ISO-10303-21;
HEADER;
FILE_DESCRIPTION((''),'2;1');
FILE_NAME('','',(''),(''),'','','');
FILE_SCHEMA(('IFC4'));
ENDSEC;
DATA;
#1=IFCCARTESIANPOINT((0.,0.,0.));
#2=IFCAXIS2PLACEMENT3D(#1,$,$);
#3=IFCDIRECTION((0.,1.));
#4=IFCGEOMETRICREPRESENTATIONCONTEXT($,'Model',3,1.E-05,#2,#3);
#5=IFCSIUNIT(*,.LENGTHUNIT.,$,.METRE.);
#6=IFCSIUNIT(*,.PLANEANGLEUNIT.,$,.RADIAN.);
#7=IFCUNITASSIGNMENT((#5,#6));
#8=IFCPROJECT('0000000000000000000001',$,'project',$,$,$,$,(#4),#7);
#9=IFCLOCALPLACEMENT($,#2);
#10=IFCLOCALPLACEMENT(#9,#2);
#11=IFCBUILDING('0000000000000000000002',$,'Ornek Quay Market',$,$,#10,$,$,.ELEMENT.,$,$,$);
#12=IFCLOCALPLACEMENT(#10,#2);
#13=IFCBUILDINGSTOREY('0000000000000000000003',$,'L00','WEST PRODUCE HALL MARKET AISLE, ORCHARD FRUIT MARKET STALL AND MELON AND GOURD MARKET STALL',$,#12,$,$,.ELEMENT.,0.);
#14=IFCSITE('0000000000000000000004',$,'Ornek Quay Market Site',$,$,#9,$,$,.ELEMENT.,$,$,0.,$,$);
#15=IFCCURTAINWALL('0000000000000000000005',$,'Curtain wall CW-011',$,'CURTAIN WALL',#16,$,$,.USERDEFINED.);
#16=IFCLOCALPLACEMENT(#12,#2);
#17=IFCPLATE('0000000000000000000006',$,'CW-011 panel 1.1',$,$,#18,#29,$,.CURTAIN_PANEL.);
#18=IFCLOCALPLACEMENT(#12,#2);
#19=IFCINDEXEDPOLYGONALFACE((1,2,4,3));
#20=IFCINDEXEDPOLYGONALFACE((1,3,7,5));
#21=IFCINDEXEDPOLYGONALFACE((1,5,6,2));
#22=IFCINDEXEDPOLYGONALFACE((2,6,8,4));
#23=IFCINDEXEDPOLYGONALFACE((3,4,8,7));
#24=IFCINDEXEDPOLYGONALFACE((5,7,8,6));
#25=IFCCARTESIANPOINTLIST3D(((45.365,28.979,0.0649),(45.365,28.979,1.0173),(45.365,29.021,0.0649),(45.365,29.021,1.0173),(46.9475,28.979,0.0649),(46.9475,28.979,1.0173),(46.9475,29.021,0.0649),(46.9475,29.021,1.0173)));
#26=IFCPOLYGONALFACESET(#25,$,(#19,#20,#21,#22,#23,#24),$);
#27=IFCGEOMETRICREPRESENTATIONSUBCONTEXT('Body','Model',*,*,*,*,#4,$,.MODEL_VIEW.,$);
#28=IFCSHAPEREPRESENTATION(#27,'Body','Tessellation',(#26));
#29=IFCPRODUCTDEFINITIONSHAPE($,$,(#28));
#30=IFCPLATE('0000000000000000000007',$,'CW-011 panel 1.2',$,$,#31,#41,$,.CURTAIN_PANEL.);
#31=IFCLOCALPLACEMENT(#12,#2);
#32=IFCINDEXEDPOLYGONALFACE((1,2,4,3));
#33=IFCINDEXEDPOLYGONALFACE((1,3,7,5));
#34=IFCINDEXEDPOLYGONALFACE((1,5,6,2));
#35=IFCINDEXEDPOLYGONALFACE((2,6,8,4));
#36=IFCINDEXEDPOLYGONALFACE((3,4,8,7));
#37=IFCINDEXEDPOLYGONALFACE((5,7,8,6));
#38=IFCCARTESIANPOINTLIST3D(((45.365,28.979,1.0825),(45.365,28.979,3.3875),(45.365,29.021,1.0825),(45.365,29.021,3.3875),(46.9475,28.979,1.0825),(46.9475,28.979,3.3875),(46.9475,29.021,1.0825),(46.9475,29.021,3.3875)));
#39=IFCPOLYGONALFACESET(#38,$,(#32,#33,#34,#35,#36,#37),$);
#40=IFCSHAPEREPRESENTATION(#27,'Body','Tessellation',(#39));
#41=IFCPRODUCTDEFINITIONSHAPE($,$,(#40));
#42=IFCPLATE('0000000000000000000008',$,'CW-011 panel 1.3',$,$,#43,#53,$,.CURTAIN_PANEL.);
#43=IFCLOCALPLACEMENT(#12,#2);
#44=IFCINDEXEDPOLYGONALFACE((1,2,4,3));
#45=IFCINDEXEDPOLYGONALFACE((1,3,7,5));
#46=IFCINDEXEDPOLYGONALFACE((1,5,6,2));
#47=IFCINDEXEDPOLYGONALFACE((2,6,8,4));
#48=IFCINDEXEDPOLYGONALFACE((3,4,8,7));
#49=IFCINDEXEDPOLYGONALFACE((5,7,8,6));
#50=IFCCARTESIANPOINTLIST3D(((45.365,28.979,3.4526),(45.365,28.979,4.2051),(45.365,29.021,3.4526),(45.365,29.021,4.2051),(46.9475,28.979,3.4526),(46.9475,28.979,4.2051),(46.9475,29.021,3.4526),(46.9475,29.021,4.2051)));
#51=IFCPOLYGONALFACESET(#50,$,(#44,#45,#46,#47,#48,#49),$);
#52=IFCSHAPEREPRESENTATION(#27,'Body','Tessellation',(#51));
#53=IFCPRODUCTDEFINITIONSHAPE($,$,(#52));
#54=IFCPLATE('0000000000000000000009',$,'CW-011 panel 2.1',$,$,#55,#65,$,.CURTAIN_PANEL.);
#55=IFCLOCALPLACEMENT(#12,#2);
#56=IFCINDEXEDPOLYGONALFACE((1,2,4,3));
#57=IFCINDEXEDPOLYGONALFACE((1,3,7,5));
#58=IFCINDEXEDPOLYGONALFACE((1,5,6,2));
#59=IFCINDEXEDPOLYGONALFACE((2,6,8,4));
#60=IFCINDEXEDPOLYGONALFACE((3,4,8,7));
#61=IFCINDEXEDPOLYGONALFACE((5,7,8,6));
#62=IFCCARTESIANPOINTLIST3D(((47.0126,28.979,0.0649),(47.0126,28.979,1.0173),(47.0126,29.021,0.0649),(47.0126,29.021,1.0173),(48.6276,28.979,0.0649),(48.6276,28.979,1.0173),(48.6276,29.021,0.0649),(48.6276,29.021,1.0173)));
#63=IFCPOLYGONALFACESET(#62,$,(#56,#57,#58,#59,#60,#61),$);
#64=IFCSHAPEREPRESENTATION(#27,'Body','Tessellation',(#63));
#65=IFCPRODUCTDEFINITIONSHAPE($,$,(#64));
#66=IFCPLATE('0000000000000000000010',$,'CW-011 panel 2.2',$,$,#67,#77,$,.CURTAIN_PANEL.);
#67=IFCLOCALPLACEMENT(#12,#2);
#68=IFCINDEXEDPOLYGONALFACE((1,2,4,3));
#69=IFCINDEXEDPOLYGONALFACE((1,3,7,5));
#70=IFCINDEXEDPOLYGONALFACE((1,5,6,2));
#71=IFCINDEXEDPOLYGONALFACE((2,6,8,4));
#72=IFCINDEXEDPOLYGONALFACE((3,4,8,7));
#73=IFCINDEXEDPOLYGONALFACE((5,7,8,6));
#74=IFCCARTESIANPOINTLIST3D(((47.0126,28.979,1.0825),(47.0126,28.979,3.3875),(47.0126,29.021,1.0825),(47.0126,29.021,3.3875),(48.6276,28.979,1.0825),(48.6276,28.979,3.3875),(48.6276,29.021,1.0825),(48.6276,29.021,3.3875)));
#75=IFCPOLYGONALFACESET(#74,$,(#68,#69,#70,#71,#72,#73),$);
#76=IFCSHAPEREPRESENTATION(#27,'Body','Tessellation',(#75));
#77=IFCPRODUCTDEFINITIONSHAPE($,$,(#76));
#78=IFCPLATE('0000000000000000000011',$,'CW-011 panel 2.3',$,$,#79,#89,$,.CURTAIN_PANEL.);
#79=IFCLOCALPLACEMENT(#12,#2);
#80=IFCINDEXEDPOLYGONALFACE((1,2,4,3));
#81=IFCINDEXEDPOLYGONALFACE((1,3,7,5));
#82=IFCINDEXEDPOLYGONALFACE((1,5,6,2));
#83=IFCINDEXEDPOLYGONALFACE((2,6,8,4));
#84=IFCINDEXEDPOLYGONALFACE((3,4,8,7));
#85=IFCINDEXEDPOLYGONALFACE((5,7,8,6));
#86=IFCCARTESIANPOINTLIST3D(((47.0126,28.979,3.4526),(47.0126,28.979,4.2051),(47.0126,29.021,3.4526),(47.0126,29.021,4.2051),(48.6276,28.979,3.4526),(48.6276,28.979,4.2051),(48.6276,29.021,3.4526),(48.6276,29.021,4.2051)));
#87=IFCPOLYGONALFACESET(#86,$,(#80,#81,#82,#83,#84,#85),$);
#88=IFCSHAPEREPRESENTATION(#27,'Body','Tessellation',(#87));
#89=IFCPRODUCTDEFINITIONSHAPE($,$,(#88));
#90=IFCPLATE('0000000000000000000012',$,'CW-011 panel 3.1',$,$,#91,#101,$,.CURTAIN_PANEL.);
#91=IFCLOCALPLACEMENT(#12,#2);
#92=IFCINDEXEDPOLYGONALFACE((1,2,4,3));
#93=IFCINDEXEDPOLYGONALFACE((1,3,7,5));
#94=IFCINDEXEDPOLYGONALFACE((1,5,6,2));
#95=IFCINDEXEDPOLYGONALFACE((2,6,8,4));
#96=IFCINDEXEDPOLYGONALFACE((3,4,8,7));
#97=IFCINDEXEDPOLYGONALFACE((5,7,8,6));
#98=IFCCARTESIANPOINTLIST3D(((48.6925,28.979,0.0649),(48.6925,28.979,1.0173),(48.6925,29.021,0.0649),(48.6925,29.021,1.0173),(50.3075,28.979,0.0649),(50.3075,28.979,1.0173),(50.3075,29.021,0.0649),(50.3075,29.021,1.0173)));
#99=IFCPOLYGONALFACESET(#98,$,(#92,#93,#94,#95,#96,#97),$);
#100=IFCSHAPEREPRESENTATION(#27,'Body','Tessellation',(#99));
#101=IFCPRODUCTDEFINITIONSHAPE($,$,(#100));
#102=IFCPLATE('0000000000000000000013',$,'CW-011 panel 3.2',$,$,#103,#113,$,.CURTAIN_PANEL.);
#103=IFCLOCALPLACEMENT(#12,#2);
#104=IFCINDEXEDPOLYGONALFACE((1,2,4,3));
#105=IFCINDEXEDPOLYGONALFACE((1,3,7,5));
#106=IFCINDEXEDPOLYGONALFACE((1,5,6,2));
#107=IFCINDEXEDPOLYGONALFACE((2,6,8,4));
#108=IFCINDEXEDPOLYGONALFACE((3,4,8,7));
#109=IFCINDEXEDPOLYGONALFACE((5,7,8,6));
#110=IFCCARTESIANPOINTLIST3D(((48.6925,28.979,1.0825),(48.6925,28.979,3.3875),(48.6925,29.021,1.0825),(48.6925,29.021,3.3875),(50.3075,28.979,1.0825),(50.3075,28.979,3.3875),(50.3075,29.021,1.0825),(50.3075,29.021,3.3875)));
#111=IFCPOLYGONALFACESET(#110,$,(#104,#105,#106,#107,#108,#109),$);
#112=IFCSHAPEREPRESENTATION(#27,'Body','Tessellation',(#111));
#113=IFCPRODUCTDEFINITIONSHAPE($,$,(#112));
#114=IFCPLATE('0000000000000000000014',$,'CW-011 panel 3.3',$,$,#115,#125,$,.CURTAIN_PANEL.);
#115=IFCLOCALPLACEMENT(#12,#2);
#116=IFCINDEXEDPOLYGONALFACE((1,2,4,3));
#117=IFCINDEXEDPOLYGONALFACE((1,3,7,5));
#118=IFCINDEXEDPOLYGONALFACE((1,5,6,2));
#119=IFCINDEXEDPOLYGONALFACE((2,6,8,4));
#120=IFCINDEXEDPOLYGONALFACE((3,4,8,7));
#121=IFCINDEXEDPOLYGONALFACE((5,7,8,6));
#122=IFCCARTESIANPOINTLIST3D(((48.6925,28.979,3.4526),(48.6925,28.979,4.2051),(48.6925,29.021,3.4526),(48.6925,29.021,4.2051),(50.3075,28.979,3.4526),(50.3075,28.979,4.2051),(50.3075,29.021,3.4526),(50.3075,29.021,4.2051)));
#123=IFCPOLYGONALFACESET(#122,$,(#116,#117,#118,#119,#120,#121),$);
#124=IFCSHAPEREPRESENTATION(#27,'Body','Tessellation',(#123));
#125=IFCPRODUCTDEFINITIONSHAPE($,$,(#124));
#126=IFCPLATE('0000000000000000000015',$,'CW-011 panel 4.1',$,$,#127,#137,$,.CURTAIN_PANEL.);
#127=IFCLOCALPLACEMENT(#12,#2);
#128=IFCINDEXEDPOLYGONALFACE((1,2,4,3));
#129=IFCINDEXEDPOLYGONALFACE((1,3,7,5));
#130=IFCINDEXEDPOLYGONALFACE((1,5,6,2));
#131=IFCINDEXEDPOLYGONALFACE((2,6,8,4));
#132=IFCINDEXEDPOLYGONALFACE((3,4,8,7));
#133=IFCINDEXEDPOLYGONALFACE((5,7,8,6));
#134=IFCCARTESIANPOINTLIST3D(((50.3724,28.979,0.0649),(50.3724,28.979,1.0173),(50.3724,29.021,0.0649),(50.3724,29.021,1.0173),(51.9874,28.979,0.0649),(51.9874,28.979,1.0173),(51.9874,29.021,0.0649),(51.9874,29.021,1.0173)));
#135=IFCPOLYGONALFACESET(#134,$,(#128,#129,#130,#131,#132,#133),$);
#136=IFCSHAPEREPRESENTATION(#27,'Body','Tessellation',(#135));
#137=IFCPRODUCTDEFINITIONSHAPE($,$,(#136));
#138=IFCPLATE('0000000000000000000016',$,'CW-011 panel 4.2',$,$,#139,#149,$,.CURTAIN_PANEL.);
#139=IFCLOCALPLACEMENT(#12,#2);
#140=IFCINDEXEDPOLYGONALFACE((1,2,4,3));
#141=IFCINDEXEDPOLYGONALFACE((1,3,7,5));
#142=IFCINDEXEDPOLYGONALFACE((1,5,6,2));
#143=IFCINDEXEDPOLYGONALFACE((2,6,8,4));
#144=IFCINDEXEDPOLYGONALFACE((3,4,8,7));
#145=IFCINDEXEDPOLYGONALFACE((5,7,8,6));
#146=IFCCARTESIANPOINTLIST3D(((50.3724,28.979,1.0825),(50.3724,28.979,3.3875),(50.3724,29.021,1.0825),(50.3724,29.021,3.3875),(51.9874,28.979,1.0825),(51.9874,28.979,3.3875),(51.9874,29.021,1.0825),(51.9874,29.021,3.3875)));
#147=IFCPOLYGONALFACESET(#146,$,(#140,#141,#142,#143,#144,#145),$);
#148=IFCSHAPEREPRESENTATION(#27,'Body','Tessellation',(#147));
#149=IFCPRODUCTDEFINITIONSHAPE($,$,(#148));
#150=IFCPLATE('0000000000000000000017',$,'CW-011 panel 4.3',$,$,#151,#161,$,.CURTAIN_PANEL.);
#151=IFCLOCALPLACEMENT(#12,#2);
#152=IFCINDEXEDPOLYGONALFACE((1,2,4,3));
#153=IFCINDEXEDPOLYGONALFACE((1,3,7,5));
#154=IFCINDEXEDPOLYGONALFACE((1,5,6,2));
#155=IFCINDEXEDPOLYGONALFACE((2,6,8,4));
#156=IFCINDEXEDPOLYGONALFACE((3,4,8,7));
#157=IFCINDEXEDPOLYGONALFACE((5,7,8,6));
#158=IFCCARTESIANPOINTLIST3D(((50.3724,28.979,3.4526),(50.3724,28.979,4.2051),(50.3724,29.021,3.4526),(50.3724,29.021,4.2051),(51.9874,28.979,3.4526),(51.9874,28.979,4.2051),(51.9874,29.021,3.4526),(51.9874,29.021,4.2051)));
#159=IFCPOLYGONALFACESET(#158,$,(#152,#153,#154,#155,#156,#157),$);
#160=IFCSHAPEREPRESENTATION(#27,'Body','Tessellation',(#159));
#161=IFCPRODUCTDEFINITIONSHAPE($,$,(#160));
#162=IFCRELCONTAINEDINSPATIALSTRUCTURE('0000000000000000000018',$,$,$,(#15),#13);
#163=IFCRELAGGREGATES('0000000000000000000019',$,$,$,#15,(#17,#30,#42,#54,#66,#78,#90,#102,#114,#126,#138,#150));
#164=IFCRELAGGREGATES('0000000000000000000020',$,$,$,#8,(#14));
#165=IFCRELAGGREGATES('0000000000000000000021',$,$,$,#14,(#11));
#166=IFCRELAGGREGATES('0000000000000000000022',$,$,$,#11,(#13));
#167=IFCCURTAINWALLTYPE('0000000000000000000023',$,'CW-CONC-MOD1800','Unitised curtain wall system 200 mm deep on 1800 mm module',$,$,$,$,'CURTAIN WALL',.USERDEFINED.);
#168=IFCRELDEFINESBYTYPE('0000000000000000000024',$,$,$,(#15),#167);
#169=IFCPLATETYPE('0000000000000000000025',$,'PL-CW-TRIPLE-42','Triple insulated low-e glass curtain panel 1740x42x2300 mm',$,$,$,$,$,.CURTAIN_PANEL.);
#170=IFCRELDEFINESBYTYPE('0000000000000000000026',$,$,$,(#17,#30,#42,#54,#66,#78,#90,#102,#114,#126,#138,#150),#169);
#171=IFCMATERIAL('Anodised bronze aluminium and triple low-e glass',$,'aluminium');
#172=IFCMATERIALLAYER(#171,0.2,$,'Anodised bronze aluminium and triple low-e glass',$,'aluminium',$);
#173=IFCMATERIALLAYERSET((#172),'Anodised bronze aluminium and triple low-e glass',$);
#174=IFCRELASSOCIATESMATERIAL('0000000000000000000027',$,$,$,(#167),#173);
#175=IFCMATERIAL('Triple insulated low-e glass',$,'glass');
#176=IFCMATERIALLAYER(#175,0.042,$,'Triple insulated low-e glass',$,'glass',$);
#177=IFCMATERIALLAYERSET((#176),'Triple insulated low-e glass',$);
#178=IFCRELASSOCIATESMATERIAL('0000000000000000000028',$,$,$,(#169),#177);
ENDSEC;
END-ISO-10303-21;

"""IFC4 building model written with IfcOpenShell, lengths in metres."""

from ifc_helpers import new_model, si_unit, direction, frame, origin, origin_2d, place, context, subcontext, project, spatial, rectangle, extrude, material, layer, layer_set, type_object, element, aggregate, save


model = new_model("IFC4")

# Units and contexts
model_context = context("Model", 3, precision=1e-05, world=origin(), true_north=direction((0.0, 1.0)))
body_context = subcontext(model_context, "Body", "Model", "MODEL_VIEW")
ifc_project = project(units=[si_unit("LENGTHUNIT", "METRE"), si_unit("PLANEANGLEUNIT", "RADIAN")], contexts=[model_context])

# Site, building, storey
site_placement = place(None, origin())
site = spatial("IfcSite", under=ifc_project, at=site_placement, Name="Ornek Quay Market Site", CompositionType="ELEMENT", RefElevation=0.0)
building_placement = place(site_placement, origin())
building = spatial("IfcBuilding", under=site, at=building_placement, Name="Ornek Quay Market", CompositionType="ELEMENT")
storey_placement = place(building_placement, origin())
storey = spatial("IfcBuildingStorey", under=building, at=storey_placement, Name="L00", Description="WEST PRODUCE HALL MARKET AISLE, ORCHARD FRUIT MARKET STALL AND MELON AND GOURD MARKET STALL", CompositionType="ELEMENT", Elevation=0.0)

# Curtain wall
ifc_material_1 = material(Name="Anodised bronze aluminium and triple low-e glass", Category="aluminium")
ifc_layer_1 = layer(ifc_material_1, 0.2, Name="Anodised bronze aluminium and triple low-e glass", Category="aluminium")
ifc_layer_set_1 = layer_set([ifc_layer_1], Name="Anodised bronze aluminium and triple low-e glass")
curtain_wall_type_1 = type_object("IfcCurtainWallType", Name="CW-CONC-MOD1800", Description="Unitised curtain wall system 200 mm deep on 1800 mm module", ElementType="CURTAIN WALL", PredefinedType="USERDEFINED", material=ifc_layer_set_1)
curtain_wall_1_placement = place(storey_placement, origin())
curtain_wall_1 = element("IfcCurtainWall", 1, at=curtain_wall_1_placement, inside=storey, type_object=curtain_wall_type_1, Name="Curtain wall CW-011", ObjectType="CURTAIN WALL", PredefinedType="USERDEFINED")

# Plates
ifc_material_2 = material(Name="Triple insulated low-e glass", Category="glass")
ifc_layer_2 = layer(ifc_material_2, 0.042, Name="Triple insulated low-e glass", Category="glass")
ifc_layer_set_2 = layer_set([ifc_layer_2], Name="Triple insulated low-e glass")
plate_type = type_object("IfcPlateType", Name="PL-CW-TRIPLE-42", Description="Triple insulated low-e glass curtain panel 1740x42x2300 mm", PredefinedType="CURTAIN_PANEL", material=ifc_layer_set_2)
plate_1_placement = place(storey_placement, frame((46.1562, 29.0, 0.0649), z_axis=(0.0, 0.0, 1.0), x_axis=(1.0, 0.0, 0.0)))
plate_1 = element("IfcPlate", 2, at=plate_1_placement, type_object=plate_type, Name="CW-011 panel 1.1", PredefinedType="CURTAIN_PANEL", context=body_context, shape_type="SweptSolid", body=[
    extrude(rectangle(XDim=1.5825, YDim=0.042, at=origin_2d()), origin(), (0.0, 0.0, 1.0), 0.9524),
])
plate_2_placement = place(storey_placement, frame((46.1562, 29.0, 1.0825), z_axis=(0.0, 0.0, 1.0), x_axis=(1.0, 0.0, 0.0)))
plate_2 = element("IfcPlate", 3, at=plate_2_placement, type_object=plate_type, Name="CW-011 panel 1.2", PredefinedType="CURTAIN_PANEL", context=body_context, shape_type="SweptSolid", body=[
    extrude(rectangle(XDim=1.5825, YDim=0.042, at=origin_2d()), origin(), (0.0, 0.0, 1.0), 2.3049),
])
plate_3_placement = place(storey_placement, frame((46.1562, 29.0, 3.4526), z_axis=(0.0, 0.0, 1.0), x_axis=(1.0, 0.0, 0.0)))
plate_3 = element("IfcPlate", 4, at=plate_3_placement, type_object=plate_type, Name="CW-011 panel 1.3", PredefinedType="CURTAIN_PANEL", context=body_context, shape_type="SweptSolid", body=[
    extrude(rectangle(XDim=1.5825, YDim=0.042, at=origin_2d()), origin(), (0.0, 0.0, 1.0), 0.7524),
])
plate_4_placement = place(storey_placement, frame((47.8201, 29.0, 0.0649), z_axis=(0.0, 0.0, 1.0), x_axis=(1.0, 0.0, 0.0)))
plate_4 = element("IfcPlate", 5, at=plate_4_placement, type_object=plate_type, Name="CW-011 panel 2.1", PredefinedType="CURTAIN_PANEL", context=body_context, shape_type="SweptSolid", body=[
    extrude(rectangle(XDim=1.615, YDim=0.042, at=origin_2d()), origin(), (0.0, 0.0, 1.0), 0.9524),
])
plate_5_placement = place(storey_placement, frame((47.8201, 29.0, 1.0825), z_axis=(0.0, 0.0, 1.0), x_axis=(1.0, 0.0, 0.0)))
plate_5 = element("IfcPlate", 6, at=plate_5_placement, type_object=plate_type, Name="CW-011 panel 2.2", PredefinedType="CURTAIN_PANEL", context=body_context, shape_type="SweptSolid", body=[
    extrude(rectangle(XDim=1.615, YDim=0.042, at=origin_2d()), origin(), (0.0, 0.0, 1.0), 2.3049),
])
plate_6_placement = place(storey_placement, frame((47.8201, 29.0, 3.4526), z_axis=(0.0, 0.0, 1.0), x_axis=(1.0, 0.0, 0.0)))
plate_6 = element("IfcPlate", 7, at=plate_6_placement, type_object=plate_type, Name="CW-011 panel 2.3", PredefinedType="CURTAIN_PANEL", context=body_context, shape_type="SweptSolid", body=[
    extrude(rectangle(XDim=1.615, YDim=0.042, at=origin_2d()), origin(), (0.0, 0.0, 1.0), 0.7524),
])
plate_7_placement = place(storey_placement, frame((49.5, 29.0, 0.0649), z_axis=(0.0, 0.0, 1.0), x_axis=(1.0, 0.0, 0.0)))
plate_7 = element("IfcPlate", 8, at=plate_7_placement, type_object=plate_type, Name="CW-011 panel 3.1", PredefinedType="CURTAIN_PANEL", context=body_context, shape_type="SweptSolid", body=[
    extrude(rectangle(XDim=1.615, YDim=0.042, at=origin_2d()), origin(), (0.0, 0.0, 1.0), 0.9524),
])
plate_8_placement = place(storey_placement, frame((49.5, 29.0, 1.0825), z_axis=(0.0, 0.0, 1.0), x_axis=(1.0, 0.0, 0.0)))
plate_8 = element("IfcPlate", 9, at=plate_8_placement, type_object=plate_type, Name="CW-011 panel 3.2", PredefinedType="CURTAIN_PANEL", context=body_context, shape_type="SweptSolid", body=[
    extrude(rectangle(XDim=1.615, YDim=0.042, at=origin_2d()), origin(), (0.0, 0.0, 1.0), 2.3049),
])
plate_9_placement = place(storey_placement, frame((49.5, 29.0, 3.4526), z_axis=(0.0, 0.0, 1.0), x_axis=(1.0, 0.0, 0.0)))
plate_9 = element("IfcPlate", 10, at=plate_9_placement, type_object=plate_type, Name="CW-011 panel 3.3", PredefinedType="CURTAIN_PANEL", context=body_context, shape_type="SweptSolid", body=[
    extrude(rectangle(XDim=1.615, YDim=0.042, at=origin_2d()), origin(), (0.0, 0.0, 1.0), 0.7524),
])
plate_10_placement = place(storey_placement, frame((51.1799, 29.0, 0.0649), z_axis=(0.0, 0.0, 1.0), x_axis=(1.0, 0.0, 0.0)))
plate_10 = element("IfcPlate", 11, at=plate_10_placement, type_object=plate_type, Name="CW-011 panel 4.1", PredefinedType="CURTAIN_PANEL", context=body_context, shape_type="SweptSolid", body=[
    extrude(rectangle(XDim=1.615, YDim=0.042, at=origin_2d()), origin(), (0.0, 0.0, 1.0), 0.9524),
])
plate_11_placement = place(storey_placement, frame((51.1799, 29.0, 1.0825), z_axis=(0.0, 0.0, 1.0), x_axis=(1.0, 0.0, 0.0)))
plate_11 = element("IfcPlate", 12, at=plate_11_placement, type_object=plate_type, Name="CW-011 panel 4.2", PredefinedType="CURTAIN_PANEL", context=body_context, shape_type="SweptSolid", body=[
    extrude(rectangle(XDim=1.615, YDim=0.042, at=origin_2d()), origin(), (0.0, 0.0, 1.0), 2.3049),
])
plate_12_placement = place(storey_placement, frame((51.1799, 29.0, 3.4526), z_axis=(0.0, 0.0, 1.0), x_axis=(1.0, 0.0, 0.0)))
plate_12 = element("IfcPlate", 13, at=plate_12_placement, type_object=plate_type, Name="CW-011 panel 4.3", PredefinedType="CURTAIN_PANEL", context=body_context, shape_type="SweptSolid", body=[
    extrude(rectangle(XDim=1.615, YDim=0.042, at=origin_2d()), origin(), (0.0, 0.0, 1.0), 0.7524),
])
aggregate(curtain_wall_1, [plate_1, plate_2, plate_3, plate_4, plate_5, plate_6, plate_7, plate_8, plate_9, plate_10, plate_11, plate_12])

save(model, "model.ifc")
